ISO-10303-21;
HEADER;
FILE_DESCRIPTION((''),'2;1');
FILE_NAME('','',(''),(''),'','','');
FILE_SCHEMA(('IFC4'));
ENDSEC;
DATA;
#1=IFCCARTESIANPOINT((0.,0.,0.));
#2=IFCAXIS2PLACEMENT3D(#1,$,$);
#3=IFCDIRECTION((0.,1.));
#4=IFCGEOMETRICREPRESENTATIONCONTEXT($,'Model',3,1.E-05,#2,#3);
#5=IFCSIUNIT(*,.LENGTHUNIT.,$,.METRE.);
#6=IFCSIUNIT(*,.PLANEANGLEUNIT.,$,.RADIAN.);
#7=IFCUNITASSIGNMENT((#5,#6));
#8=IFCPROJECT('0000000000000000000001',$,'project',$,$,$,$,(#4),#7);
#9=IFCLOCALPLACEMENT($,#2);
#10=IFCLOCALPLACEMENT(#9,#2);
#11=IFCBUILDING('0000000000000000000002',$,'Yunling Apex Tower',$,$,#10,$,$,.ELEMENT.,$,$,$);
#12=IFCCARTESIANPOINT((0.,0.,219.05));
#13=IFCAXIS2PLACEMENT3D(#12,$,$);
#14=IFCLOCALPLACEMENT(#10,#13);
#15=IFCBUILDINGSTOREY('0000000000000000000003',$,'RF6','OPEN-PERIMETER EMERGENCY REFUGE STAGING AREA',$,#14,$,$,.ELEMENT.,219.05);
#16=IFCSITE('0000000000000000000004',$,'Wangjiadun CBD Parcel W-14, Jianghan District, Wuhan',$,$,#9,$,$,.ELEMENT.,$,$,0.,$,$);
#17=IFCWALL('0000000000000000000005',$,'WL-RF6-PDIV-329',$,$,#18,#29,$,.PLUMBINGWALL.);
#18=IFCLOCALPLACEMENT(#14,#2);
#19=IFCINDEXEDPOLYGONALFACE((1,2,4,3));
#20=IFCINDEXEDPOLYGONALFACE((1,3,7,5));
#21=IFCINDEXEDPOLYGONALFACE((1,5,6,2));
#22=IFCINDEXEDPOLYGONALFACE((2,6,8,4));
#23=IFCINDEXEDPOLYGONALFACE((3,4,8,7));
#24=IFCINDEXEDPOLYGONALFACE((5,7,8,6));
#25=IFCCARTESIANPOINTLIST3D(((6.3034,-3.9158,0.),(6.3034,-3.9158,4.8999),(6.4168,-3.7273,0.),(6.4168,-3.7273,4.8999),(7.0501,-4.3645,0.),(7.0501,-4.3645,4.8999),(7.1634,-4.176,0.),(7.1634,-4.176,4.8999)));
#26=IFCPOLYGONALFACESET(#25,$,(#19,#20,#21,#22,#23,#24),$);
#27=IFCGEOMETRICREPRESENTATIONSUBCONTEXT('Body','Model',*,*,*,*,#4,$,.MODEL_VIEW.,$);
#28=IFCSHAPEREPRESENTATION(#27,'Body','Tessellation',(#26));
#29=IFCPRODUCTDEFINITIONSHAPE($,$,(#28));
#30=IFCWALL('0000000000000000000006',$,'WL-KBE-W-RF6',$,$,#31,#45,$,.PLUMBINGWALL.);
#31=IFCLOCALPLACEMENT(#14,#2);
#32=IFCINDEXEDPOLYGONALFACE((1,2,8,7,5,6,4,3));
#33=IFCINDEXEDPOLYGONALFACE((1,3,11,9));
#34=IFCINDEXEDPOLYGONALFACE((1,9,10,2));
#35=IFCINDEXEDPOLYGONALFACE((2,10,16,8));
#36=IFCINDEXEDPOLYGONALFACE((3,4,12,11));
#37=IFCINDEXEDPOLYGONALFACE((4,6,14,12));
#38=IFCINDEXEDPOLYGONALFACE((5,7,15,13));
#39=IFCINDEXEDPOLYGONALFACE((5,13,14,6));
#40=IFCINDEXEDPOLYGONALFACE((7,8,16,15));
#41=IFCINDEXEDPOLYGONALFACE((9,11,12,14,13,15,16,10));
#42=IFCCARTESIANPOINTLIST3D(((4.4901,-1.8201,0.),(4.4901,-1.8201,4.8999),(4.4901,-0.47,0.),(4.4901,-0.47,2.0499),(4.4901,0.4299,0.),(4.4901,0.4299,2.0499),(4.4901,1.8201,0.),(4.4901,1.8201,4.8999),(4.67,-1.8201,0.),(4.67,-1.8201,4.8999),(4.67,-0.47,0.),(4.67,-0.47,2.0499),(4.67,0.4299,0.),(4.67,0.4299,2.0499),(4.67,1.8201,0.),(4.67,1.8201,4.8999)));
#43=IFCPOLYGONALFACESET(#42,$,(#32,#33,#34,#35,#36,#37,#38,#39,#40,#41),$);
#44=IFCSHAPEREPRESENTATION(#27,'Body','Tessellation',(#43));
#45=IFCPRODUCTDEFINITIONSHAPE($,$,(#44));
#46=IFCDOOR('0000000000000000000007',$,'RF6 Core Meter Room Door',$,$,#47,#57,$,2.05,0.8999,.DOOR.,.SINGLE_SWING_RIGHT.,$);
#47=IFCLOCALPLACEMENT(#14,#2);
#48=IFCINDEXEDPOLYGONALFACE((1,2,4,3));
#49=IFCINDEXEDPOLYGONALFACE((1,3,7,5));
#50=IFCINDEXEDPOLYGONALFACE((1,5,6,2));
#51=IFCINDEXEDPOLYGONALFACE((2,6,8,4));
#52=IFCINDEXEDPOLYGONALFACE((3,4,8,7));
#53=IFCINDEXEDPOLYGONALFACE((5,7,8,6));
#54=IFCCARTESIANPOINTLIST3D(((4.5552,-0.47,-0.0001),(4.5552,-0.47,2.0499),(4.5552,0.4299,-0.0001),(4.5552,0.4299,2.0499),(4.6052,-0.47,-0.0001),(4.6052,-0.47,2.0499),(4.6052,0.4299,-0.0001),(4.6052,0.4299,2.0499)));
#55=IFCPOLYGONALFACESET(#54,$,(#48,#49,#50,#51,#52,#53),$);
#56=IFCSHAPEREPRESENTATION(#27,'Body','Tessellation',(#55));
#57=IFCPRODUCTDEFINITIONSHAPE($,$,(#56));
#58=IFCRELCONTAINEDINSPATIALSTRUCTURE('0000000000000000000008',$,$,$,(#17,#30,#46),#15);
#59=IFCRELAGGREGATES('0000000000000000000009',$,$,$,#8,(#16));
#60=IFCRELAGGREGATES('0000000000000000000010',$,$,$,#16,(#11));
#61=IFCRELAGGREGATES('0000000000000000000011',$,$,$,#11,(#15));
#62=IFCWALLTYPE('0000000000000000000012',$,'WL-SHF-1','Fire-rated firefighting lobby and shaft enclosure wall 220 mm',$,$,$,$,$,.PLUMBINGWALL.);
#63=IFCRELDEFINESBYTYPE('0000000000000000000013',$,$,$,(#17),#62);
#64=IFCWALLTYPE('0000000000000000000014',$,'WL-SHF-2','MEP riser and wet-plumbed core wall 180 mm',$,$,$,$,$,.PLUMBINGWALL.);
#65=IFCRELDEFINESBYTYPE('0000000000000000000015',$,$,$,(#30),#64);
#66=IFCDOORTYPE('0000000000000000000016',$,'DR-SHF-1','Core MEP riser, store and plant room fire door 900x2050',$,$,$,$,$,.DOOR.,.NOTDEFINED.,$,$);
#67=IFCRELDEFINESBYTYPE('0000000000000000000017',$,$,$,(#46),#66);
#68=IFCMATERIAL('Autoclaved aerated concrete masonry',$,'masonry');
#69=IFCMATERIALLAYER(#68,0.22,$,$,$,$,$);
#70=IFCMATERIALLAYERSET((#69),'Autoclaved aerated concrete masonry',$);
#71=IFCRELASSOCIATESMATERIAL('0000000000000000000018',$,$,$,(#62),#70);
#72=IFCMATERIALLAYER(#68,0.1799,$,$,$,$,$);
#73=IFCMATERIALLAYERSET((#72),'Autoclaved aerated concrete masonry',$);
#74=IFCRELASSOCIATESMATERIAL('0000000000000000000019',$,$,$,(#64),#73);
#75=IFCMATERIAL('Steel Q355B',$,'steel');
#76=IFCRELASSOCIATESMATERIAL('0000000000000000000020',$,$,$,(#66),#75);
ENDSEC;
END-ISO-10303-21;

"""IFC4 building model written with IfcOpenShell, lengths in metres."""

from ifc_helpers import new_model, si_unit, direction, frame, frame_2d, origin, place, context, subcontext, project, spatial, rectangle, extrude, material, layer, layer_set, type_object, element, fill, save


model = new_model("IFC4")

# Units and contexts
model_context = context("Model", 3, precision=1e-05, world=origin(), true_north=direction((0.0, 1.0)))
body_context = subcontext(model_context, "Body", "Model", "MODEL_VIEW")
ifc_project = project(units=[si_unit("LENGTHUNIT", "METRE"), si_unit("PLANEANGLEUNIT", "RADIAN")], contexts=[model_context])

# Site, building, storey
site_placement = place(None, origin())
site = spatial("IfcSite", under=ifc_project, at=site_placement, Name="Wangjiadun CBD Parcel W-14, Jianghan District, Wuhan", CompositionType="ELEMENT", RefElevation=0.0)
building_placement = place(site_placement, origin())
building = spatial("IfcBuilding", under=site, at=building_placement, Name="Yunling Apex Tower", CompositionType="ELEMENT")
storey_placement = place(building_placement, frame((0.0, 0.0, 219.05)))
storey = spatial("IfcBuildingStorey", under=building, at=storey_placement, Name="RF6", Description="OPEN-PERIMETER EMERGENCY REFUGE STAGING AREA", CompositionType="ELEMENT", Elevation=219.05)

# Shared definitions
ifc_material_1 = material(Name="Steel Q355B", Category="steel")

# Wall
ifc_material_2 = material(Name="Autoclaved aerated concrete masonry", Category="masonry")
ifc_layer_1 = layer(ifc_material_2, 0.22)
ifc_layer_set_1 = layer_set([ifc_layer_1], Name="Autoclaved aerated concrete masonry")
wall_type_1 = type_object("IfcWallType", Name="WL-SHF-1", Description="Fire-rated firefighting lobby and shaft enclosure wall 220 mm", PredefinedType="PLUMBINGWALL", material=ifc_layer_set_1)
wall_1_placement = place(storey_placement, frame((6.3601, -3.8215, 0.0), z_axis=(0.0, 0.0, 1.0), x_axis=(0.857097, -0.515155, 0.0)))
element("IfcWall", 1, at=wall_1_placement, inside=storey, type_object=wall_type_1, Name="WL-RF6-PDIV-329", PredefinedType="PLUMBINGWALL", context=body_context, shape_type="SweptSolid", body=[
    extrude(rectangle(XDim=0.8711, YDim=0.22, at=frame_2d((0.4355, 0.0))), origin(), (0.0, 0.0, 1.0), 4.8999),
])

# Wall, opening, door
ifc_layer_2 = layer(ifc_material_2, 0.1799)
ifc_layer_set_2 = layer_set([ifc_layer_2], Name="Autoclaved aerated concrete masonry")
wall_type_2 = type_object("IfcWallType", Name="WL-SHF-2", Description="MEP riser and wet-plumbed core wall 180 mm", PredefinedType="PLUMBINGWALL", material=ifc_layer_set_2)
wall_2_placement = place(storey_placement, frame((4.5801, -1.8201, 0.0), z_axis=(0.0, 0.0, 1.0), x_axis=(0.0, 1.0, 0.0)))
wall_2 = element("IfcWall", 2, at=wall_2_placement, inside=storey, type_object=wall_type_2, Name="WL-KBE-W-RF6", PredefinedType="PLUMBINGWALL", context=body_context, shape_type="SweptSolid", body=[
    extrude(rectangle(XDim=3.6401, YDim=0.1799, at=frame_2d((1.8201, 0.0))), origin(), (0.0, 0.0, 1.0), 4.8999),
])
opening_placement = place(wall_2_placement, frame((1.3501, 0.0, 0.0)))
opening = element("IfcOpeningElement", 3, at=opening_placement, cuts=wall_2, PredefinedType="OPENING", context=body_context, shape_type="SweptSolid", body=[
    extrude(rectangle(XDim=0.8999, YDim=2.05, at=frame_2d((0.45, 1.0249))), frame((0.0, 0.1001, 0.0), z_axis=(0.0, -1.0, 0.0), x_axis=(1.0, 0.0, 0.0)), (0.0, 0.0, 1.0), 0.2),
])
door_type = type_object("IfcDoorType", Name="DR-SHF-1", Description="Core MEP riser, store and plant room fire door 900x2050", OperationType="NOTDEFINED", PredefinedType="DOOR", material=ifc_material_1)
door_placement = place(opening_placement, origin())
door = element("IfcDoor", 4, at=door_placement, inside=storey, type_object=door_type, Name="RF6 Core Meter Room Door", OperationType="SINGLE_SWING_RIGHT", OverallHeight=2.05, OverallWidth=0.8999, PredefinedType="DOOR", context=body_context, shape_type="SweptSolid", body=[
    extrude(rectangle(XDim=0.8999, YDim=2.05, at=frame_2d((0.45, 1.0249))), frame((0.0, 0.0249, 0.0), z_axis=(0.0, -1.0, 0.0), x_axis=(1.0, 0.0, 0.0)), (0.0, 0.0, 1.0), 0.05),
])
fill(opening, door)

save(model, "model.ifc")
